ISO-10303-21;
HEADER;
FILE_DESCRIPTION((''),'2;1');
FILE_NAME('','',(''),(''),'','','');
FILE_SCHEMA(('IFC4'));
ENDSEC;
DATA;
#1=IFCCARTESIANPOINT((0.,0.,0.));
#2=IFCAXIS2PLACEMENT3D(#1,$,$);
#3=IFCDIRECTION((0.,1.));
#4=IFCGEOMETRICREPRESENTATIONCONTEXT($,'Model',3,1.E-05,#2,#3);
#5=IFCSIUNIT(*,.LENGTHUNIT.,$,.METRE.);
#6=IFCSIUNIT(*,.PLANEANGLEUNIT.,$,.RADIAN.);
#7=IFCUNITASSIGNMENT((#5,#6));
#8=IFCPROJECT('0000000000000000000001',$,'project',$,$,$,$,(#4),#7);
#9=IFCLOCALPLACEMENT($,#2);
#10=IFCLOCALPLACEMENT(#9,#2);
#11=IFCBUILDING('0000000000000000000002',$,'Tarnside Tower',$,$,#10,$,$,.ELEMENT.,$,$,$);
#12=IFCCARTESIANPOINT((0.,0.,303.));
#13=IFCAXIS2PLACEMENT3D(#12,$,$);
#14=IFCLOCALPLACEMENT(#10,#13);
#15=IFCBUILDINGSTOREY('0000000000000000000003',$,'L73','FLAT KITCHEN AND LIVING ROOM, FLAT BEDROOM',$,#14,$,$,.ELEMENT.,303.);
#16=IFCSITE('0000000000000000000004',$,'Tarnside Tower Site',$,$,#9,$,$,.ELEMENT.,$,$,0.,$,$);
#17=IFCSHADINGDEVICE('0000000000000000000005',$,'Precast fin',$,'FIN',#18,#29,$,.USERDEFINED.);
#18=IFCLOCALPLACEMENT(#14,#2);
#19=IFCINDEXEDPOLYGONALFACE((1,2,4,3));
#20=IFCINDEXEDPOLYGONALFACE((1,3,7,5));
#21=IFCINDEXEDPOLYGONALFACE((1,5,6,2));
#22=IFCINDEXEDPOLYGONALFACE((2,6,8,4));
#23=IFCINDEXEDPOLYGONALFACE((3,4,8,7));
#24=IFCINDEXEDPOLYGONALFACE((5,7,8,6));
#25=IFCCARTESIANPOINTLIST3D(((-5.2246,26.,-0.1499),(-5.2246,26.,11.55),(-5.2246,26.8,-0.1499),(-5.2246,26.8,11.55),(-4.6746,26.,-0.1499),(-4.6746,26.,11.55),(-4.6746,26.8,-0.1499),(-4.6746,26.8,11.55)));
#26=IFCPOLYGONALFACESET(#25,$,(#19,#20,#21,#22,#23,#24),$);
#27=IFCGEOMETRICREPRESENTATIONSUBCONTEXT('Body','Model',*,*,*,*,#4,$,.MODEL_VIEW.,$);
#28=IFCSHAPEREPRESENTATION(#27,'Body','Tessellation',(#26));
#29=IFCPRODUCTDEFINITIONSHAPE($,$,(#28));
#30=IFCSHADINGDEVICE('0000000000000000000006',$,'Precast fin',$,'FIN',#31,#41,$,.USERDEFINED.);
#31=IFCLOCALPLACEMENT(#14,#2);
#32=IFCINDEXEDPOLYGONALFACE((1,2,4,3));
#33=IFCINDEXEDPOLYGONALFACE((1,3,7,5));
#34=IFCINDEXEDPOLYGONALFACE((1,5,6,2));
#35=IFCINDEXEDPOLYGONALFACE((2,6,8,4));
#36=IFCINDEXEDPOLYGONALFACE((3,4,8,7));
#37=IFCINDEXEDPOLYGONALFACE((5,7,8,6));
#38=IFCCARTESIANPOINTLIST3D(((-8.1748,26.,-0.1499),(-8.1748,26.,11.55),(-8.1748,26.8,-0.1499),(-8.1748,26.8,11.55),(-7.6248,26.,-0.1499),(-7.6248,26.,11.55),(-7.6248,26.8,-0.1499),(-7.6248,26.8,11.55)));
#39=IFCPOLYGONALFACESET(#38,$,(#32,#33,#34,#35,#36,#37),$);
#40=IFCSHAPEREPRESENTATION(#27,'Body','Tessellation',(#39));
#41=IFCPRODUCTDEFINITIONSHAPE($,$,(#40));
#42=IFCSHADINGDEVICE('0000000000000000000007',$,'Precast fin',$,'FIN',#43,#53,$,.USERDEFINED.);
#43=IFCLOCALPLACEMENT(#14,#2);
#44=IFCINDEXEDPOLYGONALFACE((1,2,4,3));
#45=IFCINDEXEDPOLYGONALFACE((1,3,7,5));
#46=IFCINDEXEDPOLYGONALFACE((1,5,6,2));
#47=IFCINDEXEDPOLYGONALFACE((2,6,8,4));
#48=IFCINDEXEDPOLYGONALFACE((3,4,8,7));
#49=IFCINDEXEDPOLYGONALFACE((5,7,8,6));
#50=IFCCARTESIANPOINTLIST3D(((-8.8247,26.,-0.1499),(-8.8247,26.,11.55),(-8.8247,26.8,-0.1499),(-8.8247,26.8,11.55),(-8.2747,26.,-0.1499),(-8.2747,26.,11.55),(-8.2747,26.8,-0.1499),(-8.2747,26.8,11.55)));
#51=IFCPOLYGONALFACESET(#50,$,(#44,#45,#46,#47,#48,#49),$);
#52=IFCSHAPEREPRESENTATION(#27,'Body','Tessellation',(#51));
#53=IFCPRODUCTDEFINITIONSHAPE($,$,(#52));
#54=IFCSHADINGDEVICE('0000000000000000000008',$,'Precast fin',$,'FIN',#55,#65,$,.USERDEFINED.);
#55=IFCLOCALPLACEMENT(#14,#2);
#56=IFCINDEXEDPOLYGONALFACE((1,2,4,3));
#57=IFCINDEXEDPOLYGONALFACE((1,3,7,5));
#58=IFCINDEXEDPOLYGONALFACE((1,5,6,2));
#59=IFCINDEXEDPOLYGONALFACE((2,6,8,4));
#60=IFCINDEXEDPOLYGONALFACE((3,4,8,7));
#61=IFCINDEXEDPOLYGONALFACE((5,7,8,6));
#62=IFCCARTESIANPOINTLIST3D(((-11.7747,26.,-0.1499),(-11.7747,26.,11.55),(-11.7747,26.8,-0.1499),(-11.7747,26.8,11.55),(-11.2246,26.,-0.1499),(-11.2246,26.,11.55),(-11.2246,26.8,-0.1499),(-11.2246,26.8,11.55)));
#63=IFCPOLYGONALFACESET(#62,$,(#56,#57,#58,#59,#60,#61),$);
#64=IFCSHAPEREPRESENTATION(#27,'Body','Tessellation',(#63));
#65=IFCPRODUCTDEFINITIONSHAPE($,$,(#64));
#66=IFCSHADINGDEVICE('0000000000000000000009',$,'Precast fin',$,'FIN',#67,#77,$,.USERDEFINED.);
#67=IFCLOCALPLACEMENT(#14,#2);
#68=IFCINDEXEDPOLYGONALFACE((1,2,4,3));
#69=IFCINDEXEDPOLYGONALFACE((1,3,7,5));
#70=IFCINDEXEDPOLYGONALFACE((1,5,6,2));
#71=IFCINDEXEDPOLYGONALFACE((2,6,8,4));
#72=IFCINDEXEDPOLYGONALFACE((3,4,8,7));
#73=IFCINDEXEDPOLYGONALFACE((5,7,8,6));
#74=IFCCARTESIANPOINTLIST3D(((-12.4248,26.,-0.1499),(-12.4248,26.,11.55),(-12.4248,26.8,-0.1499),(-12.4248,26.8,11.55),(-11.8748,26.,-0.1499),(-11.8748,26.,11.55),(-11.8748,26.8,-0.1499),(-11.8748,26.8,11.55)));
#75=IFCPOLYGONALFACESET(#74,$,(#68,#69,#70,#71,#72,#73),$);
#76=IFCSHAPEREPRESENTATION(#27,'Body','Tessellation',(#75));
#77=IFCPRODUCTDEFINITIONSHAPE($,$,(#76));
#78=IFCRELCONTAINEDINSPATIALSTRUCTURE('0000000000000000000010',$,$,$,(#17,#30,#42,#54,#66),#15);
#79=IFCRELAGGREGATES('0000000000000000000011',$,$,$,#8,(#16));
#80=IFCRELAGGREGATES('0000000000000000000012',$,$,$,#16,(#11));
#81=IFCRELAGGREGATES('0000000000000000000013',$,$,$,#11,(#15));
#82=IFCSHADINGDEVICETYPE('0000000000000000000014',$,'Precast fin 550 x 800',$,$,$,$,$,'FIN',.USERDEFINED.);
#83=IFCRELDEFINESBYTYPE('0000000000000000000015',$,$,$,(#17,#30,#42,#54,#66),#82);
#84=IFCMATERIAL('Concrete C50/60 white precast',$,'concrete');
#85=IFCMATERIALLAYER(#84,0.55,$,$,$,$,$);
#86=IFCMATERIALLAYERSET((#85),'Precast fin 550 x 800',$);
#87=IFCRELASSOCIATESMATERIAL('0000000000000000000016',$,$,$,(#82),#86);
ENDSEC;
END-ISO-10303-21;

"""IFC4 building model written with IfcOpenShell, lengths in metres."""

from ifc_helpers import new_model, si_unit, direction, frame, origin, place, context, subcontext, project, spatial, polyline, outline, extrude, material, layer, layer_set, type_object, element, save


model = new_model("IFC4")

# Units and contexts
model_context = context("Model", 3, precision=1e-05, world=origin(), true_north=direction((0.0, 1.0)))
body_context = subcontext(model_context, "Body", "Model", "MODEL_VIEW")
ifc_project = project(units=[si_unit("LENGTHUNIT", "METRE"), si_unit("PLANEANGLEUNIT", "RADIAN")], contexts=[model_context])

# Site, building, storey
site_placement = place(None, origin())
site = spatial("IfcSite", under=ifc_project, at=site_placement, Name="Tarnside Tower Site", CompositionType="ELEMENT", RefElevation=0.0)
building_placement = place(site_placement, origin())
building = spatial("IfcBuilding", under=site, at=building_placement, Name="Tarnside Tower", CompositionType="ELEMENT")
storey_placement = place(building_placement, frame((0.0, 0.0, 303.0)))
storey = spatial("IfcBuildingStorey", under=building, at=storey_placement, Name="L73", Description="FLAT KITCHEN AND LIVING ROOM, FLAT BEDROOM", CompositionType="ELEMENT", Elevation=303.0)

# Shading devices
ifc_material_1 = material(Name="Concrete C50/60 white precast", Category="concrete")
ifc_layer_1 = layer(ifc_material_1, 0.55)
ifc_layer_set_1 = layer_set([ifc_layer_1], Name="Precast fin 550 x 800")
shading_device_type = type_object("IfcShadingDeviceType", Name="Precast fin 550 x 800", ElementType="FIN", PredefinedType="USERDEFINED", material=ifc_layer_set_1)
for number, where, z_axis, x_axis, name in (
    (1, (-4.9497, 26.0, -0.1499), (1.0, 0.0, 0.0), (0.0, 1.0, 0.0), "Precast fin"),
    (2, (-7.8999, 26.0, -0.1499), (1.0, 0.0, 0.0), (0.0, 1.0, 0.0), "Precast fin"),
    (3, (-8.5498, 26.0, -0.1499), (1.0, 0.0, 0.0), (0.0, 1.0, 0.0), "Precast fin"),
    (4, (-11.4998, 26.0, -0.1499), (1.0, 0.0, 0.0), (0.0, 1.0, 0.0), "Precast fin"),
    (5, (-12.1499, 26.0, -0.1499), (1.0, 0.0, 0.0), (0.0, 1.0, 0.0), "Precast fin"),
):
    element("IfcShadingDevice", number, at=place(storey_placement, frame(where, z_axis=z_axis, x_axis=x_axis)), inside=storey, type_object=shading_device_type, Name=name, ObjectType="FIN", PredefinedType="USERDEFINED", context=body_context, shape_type="SweptSolid", body=[
        extrude(outline(polyline([(0.0, 0.0), (0.8, 0.0), (0.8, 11.7), (0.0, 11.7), (0.0, 0.0)])), frame((0.0, 0.0, -0.2749)), (0.0, 0.0, 1.0), 0.55),
    ])

save(model, "model.ifc")
